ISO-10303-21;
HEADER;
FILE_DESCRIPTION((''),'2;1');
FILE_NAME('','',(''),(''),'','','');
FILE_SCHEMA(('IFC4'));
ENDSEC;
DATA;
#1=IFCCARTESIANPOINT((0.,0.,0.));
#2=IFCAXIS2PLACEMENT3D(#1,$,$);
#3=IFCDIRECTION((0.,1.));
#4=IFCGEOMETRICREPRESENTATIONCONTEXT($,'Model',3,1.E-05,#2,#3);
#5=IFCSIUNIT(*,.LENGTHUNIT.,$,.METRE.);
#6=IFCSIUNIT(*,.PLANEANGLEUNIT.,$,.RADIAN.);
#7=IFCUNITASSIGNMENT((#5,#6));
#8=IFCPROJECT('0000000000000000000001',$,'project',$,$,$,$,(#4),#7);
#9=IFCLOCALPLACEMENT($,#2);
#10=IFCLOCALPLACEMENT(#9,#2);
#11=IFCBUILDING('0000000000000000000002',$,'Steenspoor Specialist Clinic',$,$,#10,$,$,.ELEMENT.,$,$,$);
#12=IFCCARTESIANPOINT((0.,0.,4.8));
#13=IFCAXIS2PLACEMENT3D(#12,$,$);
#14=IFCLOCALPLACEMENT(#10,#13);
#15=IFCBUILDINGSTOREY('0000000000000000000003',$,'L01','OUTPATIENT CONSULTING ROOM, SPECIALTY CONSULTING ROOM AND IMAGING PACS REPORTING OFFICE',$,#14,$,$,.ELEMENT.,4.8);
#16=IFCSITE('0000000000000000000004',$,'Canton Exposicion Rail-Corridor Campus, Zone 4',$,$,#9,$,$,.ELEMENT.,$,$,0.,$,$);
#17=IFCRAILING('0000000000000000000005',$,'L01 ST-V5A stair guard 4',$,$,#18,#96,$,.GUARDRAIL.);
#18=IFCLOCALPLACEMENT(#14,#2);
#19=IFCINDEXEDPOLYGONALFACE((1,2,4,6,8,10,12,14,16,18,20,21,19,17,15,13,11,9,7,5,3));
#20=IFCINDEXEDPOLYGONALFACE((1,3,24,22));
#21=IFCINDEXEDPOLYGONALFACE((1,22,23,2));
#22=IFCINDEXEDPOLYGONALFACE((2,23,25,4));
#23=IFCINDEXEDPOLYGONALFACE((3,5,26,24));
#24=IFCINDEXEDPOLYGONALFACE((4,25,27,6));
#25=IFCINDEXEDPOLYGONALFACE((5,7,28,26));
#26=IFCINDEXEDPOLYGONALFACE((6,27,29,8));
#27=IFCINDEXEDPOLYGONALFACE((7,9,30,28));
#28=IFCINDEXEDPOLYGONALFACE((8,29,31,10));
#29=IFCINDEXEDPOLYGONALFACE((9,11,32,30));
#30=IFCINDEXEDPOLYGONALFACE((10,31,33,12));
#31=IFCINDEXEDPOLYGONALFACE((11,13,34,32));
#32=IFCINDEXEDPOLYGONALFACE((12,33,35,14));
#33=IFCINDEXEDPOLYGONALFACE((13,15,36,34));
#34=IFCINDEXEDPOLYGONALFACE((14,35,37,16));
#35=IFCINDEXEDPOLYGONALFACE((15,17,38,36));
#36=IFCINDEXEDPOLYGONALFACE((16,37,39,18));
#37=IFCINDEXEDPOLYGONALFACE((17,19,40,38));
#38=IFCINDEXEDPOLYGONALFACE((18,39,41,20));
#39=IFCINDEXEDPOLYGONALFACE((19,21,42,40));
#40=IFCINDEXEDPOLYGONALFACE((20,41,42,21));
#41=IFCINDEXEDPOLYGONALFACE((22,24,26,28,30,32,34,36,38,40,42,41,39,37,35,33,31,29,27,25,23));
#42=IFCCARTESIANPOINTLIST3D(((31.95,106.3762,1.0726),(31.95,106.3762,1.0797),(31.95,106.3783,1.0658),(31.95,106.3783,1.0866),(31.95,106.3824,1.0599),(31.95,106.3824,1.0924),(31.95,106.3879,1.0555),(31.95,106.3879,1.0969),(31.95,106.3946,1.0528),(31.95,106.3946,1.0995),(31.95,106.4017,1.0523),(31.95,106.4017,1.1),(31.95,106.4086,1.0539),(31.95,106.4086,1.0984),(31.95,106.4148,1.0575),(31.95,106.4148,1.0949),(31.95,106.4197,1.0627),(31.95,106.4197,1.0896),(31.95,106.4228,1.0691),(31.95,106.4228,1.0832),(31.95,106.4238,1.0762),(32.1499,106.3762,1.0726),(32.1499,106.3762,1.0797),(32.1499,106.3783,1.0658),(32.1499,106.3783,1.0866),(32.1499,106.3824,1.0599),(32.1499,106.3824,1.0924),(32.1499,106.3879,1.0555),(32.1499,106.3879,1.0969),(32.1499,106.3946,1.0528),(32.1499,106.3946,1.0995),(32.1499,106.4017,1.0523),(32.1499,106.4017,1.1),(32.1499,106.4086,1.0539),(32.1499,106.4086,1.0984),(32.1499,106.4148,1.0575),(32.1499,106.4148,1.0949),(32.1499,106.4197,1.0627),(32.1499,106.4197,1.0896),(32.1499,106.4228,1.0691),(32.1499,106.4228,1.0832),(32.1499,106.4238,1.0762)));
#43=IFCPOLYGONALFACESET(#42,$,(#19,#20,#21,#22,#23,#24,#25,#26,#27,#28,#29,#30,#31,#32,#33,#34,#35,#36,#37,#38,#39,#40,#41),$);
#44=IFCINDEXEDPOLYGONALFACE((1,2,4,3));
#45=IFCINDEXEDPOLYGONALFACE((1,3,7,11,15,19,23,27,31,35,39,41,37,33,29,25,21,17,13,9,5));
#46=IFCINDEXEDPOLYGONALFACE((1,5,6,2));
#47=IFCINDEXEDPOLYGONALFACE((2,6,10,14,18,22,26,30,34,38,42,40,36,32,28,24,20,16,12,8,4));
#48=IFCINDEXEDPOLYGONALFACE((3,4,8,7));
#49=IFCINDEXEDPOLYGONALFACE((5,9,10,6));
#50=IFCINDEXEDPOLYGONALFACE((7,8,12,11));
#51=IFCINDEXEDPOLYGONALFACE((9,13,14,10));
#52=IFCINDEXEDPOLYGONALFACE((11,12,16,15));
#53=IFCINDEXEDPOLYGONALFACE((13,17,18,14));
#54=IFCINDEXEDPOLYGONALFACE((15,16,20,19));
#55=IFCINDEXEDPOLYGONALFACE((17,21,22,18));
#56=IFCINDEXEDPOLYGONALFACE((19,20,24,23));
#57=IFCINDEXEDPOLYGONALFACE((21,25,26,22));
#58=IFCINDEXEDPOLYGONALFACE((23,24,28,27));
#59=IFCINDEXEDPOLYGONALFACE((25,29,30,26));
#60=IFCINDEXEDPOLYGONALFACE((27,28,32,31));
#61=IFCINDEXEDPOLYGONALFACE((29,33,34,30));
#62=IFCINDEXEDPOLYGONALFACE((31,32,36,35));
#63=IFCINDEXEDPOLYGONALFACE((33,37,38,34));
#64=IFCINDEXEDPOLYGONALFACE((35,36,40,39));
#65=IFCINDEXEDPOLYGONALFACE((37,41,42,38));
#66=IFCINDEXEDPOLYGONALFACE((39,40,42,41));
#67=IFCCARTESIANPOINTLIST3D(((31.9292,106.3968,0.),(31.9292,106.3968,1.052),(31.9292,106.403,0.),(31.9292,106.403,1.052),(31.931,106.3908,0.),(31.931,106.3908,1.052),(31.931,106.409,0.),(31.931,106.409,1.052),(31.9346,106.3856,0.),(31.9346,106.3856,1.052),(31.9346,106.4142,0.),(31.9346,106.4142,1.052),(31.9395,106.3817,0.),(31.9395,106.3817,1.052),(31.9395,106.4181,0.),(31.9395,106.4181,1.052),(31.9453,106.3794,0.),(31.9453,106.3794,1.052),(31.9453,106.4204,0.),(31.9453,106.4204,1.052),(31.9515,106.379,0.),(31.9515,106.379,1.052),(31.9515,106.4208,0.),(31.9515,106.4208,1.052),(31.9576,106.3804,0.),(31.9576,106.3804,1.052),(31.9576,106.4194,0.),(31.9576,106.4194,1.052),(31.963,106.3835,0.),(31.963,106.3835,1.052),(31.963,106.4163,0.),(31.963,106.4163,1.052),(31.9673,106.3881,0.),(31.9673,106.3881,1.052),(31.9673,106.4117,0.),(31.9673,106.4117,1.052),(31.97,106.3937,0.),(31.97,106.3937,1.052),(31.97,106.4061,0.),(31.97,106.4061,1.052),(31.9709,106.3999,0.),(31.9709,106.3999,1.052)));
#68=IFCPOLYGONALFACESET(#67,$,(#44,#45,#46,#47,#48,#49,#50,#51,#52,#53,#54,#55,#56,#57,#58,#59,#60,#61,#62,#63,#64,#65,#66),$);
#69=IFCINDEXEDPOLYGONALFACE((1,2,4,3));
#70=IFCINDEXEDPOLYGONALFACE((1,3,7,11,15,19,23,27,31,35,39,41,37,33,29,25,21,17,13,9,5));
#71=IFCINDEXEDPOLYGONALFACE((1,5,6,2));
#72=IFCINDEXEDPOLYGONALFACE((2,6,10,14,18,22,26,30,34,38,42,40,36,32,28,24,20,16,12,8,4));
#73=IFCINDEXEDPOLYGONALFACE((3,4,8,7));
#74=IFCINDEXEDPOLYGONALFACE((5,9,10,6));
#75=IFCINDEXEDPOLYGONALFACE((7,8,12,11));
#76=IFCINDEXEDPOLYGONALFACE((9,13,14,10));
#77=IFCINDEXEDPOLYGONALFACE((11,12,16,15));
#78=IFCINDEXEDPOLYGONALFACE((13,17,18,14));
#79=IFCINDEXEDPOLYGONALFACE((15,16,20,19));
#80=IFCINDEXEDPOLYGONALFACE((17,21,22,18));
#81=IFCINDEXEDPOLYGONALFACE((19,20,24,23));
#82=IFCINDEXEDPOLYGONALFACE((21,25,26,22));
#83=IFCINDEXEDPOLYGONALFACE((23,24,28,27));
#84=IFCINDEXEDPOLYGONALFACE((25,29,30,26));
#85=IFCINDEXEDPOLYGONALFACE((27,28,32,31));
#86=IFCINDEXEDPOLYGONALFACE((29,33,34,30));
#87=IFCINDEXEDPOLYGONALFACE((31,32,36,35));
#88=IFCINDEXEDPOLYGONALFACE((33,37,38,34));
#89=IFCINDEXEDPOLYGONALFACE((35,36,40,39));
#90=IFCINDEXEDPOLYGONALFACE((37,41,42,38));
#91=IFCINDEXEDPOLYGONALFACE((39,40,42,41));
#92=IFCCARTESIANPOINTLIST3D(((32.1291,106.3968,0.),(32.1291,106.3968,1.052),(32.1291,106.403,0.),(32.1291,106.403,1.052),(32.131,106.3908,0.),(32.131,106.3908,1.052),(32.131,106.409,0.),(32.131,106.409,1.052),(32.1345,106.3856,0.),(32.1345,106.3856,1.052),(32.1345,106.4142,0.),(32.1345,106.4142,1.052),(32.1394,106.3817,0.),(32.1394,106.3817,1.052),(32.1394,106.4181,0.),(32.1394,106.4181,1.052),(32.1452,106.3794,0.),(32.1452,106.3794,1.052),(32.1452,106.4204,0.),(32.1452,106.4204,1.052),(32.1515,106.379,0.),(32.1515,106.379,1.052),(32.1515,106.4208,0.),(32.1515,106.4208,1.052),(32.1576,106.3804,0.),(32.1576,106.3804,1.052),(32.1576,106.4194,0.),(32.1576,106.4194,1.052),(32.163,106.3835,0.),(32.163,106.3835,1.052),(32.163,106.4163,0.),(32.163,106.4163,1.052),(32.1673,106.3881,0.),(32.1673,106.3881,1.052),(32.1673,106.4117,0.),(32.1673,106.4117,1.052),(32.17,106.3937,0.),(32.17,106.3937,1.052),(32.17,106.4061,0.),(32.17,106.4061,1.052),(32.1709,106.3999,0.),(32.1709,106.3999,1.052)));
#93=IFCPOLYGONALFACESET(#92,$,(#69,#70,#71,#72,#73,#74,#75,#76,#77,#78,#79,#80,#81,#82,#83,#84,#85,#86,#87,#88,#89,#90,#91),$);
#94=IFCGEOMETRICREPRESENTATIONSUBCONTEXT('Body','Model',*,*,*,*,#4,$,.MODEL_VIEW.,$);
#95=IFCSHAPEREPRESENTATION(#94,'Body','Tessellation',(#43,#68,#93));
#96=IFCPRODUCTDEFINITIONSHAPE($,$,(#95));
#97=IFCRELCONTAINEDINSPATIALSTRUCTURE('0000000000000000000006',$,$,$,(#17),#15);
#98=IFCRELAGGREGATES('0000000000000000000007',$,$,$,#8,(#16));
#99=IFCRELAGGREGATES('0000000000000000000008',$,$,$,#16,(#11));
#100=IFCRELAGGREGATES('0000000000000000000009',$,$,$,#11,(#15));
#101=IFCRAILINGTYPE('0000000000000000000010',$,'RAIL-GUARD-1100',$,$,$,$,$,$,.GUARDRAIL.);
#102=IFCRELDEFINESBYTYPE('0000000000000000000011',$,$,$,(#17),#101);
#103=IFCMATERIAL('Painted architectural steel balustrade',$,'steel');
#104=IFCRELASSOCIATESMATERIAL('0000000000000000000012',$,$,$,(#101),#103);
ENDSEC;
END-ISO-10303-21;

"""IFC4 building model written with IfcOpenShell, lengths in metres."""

from ifc_helpers import new_model, si_unit, direction, frame, origin, origin_2d, place, context, subcontext, project, spatial, circle, extrude, material, type_object, element, save


model = new_model("IFC4")

# Units and contexts
model_context = context("Model", 3, precision=1e-05, world=origin(), true_north=direction((0.0, 1.0)))
body_context = subcontext(model_context, "Body", "Model", "MODEL_VIEW")
ifc_project = project(units=[si_unit("LENGTHUNIT", "METRE"), si_unit("PLANEANGLEUNIT", "RADIAN")], contexts=[model_context])

# Site, building, storey
site_placement = place(None, origin())
site = spatial("IfcSite", under=ifc_project, at=site_placement, Name="Canton Exposicion Rail-Corridor Campus, Zone 4", CompositionType="ELEMENT", RefElevation=0.0)
building_placement = place(site_placement, origin())
building = spatial("IfcBuilding", under=site, at=building_placement, Name="Steenspoor Specialist Clinic", CompositionType="ELEMENT")
storey_placement = place(building_placement, frame((0.0, 0.0, 4.8)))
storey = spatial("IfcBuildingStorey", under=building, at=storey_placement, Name="L01", Description="OUTPATIENT CONSULTING ROOM, SPECIALTY CONSULTING ROOM AND IMAGING PACS REPORTING OFFICE", CompositionType="ELEMENT", Elevation=4.8)

# Railing
ifc_material_1 = material(Name="Painted architectural steel balustrade", Category="steel")
railing_type_1 = type_object("IfcRailingType", Name="RAIL-GUARD-1100", PredefinedType="GUARDRAIL", material=ifc_material_1)
railing_1_placement = place(storey_placement, frame((31.95, 106.3999, 0.0)))
element("IfcRailing", 1, at=railing_1_placement, inside=storey, type_object=railing_type_1, Name="L01 ST-V5A stair guard 4", PredefinedType="GUARDRAIL", context=body_context, shape_type="SweptSolid", body=[
    extrude(circle(Radius=0.0239, at=origin_2d()), frame((0.0, 0.0, 1.0762), z_axis=(1.0, 0.0, 0.0), x_axis=(0.0, 1.0, 0.0)), (0.0, 0.0, 1.0), 0.2),
    extrude(circle(Radius=0.021, at=origin_2d()), origin(), (0.0, 0.0, 1.0), 1.052),
    extrude(circle(Radius=0.021, at=origin_2d()), frame((0.2, 0.0, 0.0)), (0.0, 0.0, 1.0), 1.052),
])

save(model, "model.ifc")
